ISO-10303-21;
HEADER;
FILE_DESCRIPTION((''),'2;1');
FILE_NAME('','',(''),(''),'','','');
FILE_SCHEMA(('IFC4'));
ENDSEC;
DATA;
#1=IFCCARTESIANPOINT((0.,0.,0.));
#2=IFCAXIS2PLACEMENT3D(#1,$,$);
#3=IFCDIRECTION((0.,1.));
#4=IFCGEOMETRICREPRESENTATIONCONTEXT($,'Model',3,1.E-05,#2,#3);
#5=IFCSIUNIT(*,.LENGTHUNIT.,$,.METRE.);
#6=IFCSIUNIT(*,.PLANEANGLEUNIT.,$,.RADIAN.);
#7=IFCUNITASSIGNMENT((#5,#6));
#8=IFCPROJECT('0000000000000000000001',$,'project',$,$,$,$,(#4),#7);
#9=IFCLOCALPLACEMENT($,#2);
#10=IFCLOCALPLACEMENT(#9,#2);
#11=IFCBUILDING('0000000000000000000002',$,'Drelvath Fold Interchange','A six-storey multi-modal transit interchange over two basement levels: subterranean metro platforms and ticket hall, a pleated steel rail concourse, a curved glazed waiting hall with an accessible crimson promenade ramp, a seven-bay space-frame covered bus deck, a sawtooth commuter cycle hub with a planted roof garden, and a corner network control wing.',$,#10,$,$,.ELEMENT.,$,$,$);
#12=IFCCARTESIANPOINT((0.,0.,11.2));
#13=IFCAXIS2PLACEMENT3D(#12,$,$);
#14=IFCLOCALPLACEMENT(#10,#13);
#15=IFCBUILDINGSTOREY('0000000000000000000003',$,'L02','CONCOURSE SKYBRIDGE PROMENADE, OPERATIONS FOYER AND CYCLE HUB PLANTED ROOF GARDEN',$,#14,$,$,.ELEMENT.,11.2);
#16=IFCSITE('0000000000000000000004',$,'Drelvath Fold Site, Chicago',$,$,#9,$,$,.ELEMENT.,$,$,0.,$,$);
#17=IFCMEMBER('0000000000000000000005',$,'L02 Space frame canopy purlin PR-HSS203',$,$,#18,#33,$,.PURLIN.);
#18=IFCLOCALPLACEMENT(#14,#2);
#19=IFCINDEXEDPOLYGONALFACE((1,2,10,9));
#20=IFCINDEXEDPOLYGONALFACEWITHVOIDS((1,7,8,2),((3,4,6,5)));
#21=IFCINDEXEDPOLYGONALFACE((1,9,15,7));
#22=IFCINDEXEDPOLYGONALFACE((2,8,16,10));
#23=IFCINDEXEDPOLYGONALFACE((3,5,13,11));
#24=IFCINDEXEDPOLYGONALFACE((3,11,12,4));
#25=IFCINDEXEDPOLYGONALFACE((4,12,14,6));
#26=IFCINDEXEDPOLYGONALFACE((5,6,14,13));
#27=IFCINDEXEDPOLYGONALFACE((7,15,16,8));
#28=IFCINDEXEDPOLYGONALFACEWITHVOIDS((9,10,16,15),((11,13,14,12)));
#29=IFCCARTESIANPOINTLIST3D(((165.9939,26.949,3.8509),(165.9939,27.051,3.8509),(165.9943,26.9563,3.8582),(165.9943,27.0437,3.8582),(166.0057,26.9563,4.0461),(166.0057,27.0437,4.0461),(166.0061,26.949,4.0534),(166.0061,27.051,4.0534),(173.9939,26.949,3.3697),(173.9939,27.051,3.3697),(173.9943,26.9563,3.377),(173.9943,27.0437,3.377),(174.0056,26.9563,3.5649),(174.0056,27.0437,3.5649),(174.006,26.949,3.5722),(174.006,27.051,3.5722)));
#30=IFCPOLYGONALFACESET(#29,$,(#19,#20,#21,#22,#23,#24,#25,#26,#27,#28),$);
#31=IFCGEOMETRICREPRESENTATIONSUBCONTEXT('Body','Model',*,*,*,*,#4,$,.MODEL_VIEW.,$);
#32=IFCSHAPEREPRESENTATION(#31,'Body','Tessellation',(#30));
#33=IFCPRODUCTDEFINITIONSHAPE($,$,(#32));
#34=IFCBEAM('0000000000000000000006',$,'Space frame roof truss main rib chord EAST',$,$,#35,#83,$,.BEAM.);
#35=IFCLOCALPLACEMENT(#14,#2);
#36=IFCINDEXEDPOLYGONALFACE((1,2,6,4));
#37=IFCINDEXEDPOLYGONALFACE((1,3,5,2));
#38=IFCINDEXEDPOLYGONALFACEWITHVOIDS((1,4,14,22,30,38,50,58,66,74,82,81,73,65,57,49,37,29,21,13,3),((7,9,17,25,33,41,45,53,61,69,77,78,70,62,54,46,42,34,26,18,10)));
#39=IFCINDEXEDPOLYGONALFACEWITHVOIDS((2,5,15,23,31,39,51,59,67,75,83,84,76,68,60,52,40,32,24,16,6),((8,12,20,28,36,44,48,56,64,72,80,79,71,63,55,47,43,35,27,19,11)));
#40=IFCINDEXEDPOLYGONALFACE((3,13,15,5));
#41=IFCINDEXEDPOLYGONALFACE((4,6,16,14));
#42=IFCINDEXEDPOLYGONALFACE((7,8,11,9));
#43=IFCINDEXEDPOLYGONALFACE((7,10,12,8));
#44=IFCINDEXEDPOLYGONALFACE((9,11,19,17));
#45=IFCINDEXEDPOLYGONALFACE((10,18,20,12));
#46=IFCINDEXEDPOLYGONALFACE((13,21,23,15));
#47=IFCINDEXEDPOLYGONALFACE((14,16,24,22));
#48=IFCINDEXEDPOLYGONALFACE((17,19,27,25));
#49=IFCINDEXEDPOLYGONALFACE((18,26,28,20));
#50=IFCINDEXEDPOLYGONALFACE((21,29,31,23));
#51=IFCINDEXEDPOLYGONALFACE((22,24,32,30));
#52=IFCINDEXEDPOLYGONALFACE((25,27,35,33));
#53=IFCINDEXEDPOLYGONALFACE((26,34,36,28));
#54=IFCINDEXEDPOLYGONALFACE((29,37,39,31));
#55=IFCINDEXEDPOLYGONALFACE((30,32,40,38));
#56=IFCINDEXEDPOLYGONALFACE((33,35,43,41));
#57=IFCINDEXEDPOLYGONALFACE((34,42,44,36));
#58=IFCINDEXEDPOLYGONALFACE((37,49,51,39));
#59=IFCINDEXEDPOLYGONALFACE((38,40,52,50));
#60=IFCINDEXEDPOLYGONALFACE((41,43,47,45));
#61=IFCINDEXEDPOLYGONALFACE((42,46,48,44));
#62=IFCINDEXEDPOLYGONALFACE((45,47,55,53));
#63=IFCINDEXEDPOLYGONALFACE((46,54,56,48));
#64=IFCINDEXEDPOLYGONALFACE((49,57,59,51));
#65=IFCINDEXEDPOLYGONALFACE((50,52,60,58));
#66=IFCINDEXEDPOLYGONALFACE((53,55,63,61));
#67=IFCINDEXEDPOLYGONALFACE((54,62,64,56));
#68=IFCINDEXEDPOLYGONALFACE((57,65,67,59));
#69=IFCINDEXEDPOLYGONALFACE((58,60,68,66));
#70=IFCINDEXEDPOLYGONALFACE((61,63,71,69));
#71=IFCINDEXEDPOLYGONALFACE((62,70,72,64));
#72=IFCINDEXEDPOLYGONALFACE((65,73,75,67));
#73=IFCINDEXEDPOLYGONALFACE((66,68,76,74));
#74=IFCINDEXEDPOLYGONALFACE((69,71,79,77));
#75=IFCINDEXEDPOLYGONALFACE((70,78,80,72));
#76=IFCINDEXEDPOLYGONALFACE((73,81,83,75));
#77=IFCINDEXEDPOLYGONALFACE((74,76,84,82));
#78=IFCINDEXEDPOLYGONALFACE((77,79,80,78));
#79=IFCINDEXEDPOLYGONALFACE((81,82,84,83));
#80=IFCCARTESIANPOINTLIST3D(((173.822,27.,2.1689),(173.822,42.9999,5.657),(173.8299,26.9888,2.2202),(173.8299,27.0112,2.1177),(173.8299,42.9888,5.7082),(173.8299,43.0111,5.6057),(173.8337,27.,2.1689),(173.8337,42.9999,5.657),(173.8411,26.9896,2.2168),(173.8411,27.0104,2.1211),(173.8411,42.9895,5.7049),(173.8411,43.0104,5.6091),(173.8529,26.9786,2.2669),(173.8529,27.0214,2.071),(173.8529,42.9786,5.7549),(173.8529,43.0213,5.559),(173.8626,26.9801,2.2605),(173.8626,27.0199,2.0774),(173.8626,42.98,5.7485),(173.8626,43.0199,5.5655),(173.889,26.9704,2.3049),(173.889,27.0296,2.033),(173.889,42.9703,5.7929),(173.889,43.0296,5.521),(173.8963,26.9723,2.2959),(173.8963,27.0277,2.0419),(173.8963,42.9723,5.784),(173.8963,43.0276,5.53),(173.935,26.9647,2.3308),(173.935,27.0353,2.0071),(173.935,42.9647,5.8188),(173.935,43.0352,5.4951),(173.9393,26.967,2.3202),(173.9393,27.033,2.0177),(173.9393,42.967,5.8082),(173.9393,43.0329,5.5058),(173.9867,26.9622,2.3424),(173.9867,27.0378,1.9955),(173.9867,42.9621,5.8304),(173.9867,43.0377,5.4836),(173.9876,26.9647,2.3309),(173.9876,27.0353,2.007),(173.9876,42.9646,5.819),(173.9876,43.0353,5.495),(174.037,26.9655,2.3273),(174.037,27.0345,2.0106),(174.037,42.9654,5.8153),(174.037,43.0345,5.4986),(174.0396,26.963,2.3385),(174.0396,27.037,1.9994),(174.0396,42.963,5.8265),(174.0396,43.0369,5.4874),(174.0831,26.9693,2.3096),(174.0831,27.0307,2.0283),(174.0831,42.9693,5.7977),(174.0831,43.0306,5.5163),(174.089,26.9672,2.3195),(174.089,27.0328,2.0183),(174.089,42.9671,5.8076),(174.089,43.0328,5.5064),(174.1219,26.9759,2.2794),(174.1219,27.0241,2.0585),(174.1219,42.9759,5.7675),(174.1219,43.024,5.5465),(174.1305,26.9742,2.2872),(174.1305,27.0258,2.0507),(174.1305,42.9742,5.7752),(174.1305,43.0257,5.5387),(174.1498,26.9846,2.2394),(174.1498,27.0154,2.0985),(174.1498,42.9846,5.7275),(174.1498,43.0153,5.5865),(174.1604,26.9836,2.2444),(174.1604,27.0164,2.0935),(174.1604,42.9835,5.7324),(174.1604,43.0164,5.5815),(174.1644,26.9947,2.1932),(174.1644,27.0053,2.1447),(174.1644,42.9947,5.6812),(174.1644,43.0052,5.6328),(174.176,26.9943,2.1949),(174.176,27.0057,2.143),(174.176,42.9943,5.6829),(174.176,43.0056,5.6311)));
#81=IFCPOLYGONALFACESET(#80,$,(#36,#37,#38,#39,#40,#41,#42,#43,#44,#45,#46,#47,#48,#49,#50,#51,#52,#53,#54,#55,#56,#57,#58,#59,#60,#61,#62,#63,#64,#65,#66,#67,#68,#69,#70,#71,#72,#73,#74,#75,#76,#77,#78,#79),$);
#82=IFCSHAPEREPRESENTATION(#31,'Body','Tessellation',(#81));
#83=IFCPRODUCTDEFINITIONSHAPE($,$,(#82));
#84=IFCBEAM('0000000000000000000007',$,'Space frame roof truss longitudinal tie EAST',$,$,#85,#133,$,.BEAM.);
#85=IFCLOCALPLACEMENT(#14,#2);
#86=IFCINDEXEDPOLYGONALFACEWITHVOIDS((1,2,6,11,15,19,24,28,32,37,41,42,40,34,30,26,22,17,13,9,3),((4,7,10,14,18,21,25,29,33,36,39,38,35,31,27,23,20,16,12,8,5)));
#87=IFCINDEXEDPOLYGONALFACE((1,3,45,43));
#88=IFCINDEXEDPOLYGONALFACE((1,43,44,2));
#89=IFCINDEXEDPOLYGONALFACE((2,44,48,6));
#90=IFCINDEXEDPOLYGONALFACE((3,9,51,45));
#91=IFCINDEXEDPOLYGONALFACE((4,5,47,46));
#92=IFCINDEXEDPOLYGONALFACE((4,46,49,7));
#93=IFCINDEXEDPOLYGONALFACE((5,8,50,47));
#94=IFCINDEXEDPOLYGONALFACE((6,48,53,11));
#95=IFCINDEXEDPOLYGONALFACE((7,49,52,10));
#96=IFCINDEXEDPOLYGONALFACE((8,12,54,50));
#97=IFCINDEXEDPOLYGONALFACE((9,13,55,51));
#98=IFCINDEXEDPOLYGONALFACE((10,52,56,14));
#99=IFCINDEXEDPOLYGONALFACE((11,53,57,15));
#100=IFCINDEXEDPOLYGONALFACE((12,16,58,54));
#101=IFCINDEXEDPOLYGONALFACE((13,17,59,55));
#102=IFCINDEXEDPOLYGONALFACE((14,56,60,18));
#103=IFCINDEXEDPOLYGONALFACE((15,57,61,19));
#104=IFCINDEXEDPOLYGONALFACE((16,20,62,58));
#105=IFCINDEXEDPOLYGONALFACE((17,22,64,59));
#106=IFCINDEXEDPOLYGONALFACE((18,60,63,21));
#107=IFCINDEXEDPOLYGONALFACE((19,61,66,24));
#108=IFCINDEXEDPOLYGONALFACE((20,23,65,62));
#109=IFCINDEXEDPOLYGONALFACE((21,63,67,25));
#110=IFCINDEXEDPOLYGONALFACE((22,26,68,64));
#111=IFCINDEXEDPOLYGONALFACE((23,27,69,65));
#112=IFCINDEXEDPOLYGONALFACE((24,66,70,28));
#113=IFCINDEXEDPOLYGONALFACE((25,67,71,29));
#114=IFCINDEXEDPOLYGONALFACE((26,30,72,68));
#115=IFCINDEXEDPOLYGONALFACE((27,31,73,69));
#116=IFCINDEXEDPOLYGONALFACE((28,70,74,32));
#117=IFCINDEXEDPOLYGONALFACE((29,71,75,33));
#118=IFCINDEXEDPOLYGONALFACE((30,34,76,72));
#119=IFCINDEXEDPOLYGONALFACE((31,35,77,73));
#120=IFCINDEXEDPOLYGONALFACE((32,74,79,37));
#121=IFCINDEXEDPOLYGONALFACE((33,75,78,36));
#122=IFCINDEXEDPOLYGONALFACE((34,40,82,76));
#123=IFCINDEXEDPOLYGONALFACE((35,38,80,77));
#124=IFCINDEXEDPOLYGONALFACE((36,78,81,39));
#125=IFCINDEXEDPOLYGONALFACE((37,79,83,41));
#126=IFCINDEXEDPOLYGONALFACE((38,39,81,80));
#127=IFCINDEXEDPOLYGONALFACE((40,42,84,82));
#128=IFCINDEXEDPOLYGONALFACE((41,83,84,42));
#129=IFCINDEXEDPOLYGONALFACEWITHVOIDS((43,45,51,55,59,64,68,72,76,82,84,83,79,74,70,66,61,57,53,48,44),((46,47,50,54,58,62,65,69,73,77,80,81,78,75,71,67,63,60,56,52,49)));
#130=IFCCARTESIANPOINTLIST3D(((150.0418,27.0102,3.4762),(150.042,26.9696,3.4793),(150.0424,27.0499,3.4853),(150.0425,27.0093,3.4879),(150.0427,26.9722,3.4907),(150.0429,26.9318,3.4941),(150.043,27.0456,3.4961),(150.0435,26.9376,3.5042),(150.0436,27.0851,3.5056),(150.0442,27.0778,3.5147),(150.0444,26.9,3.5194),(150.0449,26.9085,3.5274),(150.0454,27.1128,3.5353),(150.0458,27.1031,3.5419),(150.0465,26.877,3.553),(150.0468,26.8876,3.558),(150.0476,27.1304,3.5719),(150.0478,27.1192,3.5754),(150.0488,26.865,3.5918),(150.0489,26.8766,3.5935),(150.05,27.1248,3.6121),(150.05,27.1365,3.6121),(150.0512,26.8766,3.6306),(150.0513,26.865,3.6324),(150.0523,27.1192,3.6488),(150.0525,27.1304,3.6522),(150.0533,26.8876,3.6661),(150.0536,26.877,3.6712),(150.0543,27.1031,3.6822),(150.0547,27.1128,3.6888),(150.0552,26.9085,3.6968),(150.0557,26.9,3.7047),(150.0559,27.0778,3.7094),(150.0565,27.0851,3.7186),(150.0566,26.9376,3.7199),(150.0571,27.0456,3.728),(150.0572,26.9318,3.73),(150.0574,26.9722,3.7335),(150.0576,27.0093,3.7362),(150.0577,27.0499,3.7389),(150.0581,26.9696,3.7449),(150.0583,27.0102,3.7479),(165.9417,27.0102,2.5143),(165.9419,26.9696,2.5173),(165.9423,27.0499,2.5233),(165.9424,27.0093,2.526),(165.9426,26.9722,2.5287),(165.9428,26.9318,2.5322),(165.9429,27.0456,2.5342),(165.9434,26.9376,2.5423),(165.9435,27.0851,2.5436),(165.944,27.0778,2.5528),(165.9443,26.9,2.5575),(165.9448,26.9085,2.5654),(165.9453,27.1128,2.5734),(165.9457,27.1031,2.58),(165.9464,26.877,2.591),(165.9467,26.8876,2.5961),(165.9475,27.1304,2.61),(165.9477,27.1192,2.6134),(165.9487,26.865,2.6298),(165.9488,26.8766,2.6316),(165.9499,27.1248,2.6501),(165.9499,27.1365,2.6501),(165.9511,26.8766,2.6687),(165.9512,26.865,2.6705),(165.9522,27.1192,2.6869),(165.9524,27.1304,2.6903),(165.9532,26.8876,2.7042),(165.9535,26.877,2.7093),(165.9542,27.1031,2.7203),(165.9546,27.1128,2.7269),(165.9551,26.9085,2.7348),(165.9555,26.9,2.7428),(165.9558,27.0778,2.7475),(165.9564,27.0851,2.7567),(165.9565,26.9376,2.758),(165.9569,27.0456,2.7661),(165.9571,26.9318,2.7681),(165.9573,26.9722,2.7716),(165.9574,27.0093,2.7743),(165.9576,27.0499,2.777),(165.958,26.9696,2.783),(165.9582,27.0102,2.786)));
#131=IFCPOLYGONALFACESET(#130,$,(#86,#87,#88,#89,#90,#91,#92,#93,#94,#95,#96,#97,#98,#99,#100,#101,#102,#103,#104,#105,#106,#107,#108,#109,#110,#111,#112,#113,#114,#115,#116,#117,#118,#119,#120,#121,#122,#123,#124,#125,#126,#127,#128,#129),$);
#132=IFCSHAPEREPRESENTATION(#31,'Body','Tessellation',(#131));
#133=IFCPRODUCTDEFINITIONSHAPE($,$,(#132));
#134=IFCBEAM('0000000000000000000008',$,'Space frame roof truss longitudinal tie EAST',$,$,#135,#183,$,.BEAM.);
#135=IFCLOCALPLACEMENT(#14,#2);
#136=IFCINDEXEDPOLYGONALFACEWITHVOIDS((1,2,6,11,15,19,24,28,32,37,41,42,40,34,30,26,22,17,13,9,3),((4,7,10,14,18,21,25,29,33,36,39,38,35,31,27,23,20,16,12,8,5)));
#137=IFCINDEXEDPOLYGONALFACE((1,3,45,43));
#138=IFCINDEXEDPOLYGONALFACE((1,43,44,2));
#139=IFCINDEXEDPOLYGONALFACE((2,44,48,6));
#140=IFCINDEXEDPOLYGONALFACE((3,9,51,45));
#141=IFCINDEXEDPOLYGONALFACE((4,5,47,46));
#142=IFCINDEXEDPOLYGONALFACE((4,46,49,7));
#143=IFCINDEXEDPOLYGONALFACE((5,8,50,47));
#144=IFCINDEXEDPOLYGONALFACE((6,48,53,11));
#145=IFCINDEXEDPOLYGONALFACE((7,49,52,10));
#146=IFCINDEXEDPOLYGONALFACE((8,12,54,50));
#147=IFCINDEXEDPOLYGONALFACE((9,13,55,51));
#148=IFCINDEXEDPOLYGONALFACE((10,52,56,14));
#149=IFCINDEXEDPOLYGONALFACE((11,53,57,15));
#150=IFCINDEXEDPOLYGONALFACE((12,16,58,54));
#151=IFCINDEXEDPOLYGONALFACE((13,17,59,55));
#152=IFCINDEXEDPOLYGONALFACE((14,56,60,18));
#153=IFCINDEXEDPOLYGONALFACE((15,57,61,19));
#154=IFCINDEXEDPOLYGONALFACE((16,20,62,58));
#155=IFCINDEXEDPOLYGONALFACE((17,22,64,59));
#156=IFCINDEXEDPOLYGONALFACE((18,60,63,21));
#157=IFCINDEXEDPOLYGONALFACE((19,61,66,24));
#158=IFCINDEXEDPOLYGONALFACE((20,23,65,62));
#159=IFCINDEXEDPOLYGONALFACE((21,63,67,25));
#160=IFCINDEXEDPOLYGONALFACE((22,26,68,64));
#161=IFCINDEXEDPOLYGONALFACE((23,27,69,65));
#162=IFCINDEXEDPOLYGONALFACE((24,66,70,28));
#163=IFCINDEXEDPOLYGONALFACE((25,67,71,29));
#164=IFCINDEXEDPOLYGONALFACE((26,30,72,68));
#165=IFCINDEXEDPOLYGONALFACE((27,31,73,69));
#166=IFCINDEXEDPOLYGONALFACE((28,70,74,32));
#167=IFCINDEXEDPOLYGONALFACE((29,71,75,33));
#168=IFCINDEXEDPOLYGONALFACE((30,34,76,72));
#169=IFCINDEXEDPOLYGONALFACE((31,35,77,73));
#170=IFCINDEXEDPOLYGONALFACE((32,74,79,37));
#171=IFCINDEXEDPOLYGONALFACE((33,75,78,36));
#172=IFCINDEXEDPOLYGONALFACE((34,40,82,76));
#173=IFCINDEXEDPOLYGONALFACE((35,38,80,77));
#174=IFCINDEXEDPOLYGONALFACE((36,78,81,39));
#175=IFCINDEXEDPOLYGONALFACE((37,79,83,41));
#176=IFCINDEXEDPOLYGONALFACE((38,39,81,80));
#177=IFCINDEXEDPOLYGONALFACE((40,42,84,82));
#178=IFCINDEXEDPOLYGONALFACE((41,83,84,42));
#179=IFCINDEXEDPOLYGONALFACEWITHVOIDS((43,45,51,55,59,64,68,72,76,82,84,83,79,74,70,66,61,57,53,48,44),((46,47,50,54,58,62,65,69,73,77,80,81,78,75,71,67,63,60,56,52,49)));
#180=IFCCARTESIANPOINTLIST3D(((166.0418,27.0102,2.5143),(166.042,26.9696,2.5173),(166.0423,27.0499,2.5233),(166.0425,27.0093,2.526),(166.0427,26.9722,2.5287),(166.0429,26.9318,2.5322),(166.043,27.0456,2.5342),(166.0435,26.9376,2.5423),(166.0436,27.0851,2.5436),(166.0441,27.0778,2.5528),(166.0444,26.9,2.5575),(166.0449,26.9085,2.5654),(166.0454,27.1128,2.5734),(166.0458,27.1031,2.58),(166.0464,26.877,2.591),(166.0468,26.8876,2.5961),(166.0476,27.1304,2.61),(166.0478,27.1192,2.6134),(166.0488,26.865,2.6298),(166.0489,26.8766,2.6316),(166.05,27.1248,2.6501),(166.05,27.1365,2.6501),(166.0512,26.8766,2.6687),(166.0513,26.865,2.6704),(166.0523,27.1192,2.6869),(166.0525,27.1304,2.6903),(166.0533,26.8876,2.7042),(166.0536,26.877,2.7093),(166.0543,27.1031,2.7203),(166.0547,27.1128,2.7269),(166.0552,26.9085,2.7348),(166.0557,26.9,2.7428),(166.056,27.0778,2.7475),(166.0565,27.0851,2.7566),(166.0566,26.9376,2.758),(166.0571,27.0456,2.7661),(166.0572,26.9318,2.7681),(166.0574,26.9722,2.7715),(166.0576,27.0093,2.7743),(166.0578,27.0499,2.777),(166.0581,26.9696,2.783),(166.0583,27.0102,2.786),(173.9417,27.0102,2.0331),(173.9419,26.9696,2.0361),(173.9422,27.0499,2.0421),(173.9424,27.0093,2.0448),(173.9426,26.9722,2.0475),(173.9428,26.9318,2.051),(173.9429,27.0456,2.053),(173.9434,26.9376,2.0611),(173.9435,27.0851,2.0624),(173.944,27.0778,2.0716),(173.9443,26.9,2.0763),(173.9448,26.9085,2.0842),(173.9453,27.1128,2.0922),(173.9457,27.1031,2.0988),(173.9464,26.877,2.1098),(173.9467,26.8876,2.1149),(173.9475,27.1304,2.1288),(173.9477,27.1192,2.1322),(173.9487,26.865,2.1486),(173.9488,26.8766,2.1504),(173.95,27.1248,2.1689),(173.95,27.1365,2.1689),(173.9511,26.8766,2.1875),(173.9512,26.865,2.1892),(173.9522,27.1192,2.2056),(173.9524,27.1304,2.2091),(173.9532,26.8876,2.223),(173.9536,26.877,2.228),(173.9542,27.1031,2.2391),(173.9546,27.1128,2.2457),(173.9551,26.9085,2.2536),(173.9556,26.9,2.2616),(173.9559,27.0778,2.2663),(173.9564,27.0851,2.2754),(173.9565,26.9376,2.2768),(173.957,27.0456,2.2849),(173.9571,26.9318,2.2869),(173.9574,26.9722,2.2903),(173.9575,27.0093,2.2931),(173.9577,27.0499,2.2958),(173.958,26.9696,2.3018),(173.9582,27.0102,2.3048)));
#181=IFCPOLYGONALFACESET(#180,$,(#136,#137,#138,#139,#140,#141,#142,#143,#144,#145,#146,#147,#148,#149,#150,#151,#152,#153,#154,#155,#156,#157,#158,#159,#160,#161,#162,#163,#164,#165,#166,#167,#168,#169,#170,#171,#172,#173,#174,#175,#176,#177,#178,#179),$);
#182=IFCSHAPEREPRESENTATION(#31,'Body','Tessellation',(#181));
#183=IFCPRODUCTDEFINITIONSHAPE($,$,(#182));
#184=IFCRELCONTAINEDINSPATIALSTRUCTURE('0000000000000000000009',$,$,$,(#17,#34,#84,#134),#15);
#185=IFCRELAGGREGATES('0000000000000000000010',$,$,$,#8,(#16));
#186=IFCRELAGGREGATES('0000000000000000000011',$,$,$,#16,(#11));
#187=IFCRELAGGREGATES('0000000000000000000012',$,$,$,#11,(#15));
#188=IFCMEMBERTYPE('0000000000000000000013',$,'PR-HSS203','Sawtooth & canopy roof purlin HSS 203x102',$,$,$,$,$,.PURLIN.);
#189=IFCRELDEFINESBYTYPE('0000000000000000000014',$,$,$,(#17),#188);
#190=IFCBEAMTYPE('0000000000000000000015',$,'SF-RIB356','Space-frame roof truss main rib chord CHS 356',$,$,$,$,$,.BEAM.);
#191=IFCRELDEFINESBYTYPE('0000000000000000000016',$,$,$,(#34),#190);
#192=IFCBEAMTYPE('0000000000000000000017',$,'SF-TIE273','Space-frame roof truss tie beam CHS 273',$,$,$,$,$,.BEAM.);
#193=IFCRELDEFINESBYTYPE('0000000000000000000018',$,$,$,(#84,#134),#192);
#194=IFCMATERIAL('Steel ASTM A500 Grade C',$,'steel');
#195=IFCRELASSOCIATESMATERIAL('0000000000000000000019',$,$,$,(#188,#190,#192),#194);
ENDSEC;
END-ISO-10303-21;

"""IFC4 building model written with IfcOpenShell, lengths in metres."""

from ifc_helpers import new_model, si_unit, direction, frame, origin, origin_2d, place, context, subcontext, project, spatial, hollow_rectangle, hollow_circle, extrude, material, material_profile, profile_set, type_object, element, save


model = new_model("IFC4")

# Units and contexts
model_context = context("Model", 3, precision=1e-05, world=origin(), true_north=direction((0.0, 1.0)))
body_context = subcontext(model_context, "Body", "Model", "MODEL_VIEW")
ifc_project = project(units=[si_unit("LENGTHUNIT", "METRE"), si_unit("PLANEANGLEUNIT", "RADIAN")], contexts=[model_context])

# Site, building, storey
site_placement = place(None, origin())
site = spatial("IfcSite", under=ifc_project, at=site_placement, Name="Drelvath Fold Site, Chicago", CompositionType="ELEMENT", RefElevation=0.0)
building_placement = place(site_placement, origin())
building = spatial("IfcBuilding", under=site, at=building_placement, Name="Drelvath Fold Interchange", Description="A six-storey multi-modal transit interchange over two basement levels: subterranean metro platforms and ticket hall, a pleated steel rail concourse, a curved glazed waiting hall with an accessible crimson promenade ramp, a seven-bay space-frame covered bus deck, a sawtooth commuter cycle hub with a planted roof garden, and a corner network control wing.", CompositionType="ELEMENT")
storey_placement = place(building_placement, frame((0.0, 0.0, 11.2)))
storey = spatial("IfcBuildingStorey", under=building, at=storey_placement, Name="L02", Description="CONCOURSE SKYBRIDGE PROMENADE, OPERATIONS FOYER AND CYCLE HUB PLANTED ROOF GARDEN", CompositionType="ELEMENT", Elevation=11.2)

# Member
ifc_material_1 = material(Name="Steel ASTM A500 Grade C", Category="steel")
ifc_material_profile_1 = material_profile(ifc_material_1, hollow_rectangle(XDim=0.1021, YDim=0.2029, WallThickness=0.0073, at=origin_2d()), Name="HSS8X4X5/16")
ifc_profile_set_1 = profile_set([ifc_material_profile_1], Name="Steel ASTM A500 Grade C")
member_type_1 = type_object("IfcMemberType", Name="PR-HSS203", Description="Sawtooth & canopy roof purlin HSS 203x102", PredefinedType="PURLIN", material=ifc_profile_set_1)
member_1_placement = place(storey_placement, frame((166.0, 27.0, 3.9521), z_axis=(0.998196, 0.0, -0.060042), x_axis=(0.0, 1.0, 0.0)))
element("IfcMember", 1, at=member_1_placement, inside=storey, type_object=member_type_1, Name="L02 Space frame canopy purlin PR-HSS203", PredefinedType="PURLIN", context=body_context, shape_type="SweptSolid", body=[
    extrude(hollow_rectangle(XDim=0.1021, YDim=0.2029, WallThickness=0.0073, at=origin_2d()), origin(), (0.0, 0.0, 1.0), 8.0144),
])

# Beams
ifc_material_profile_2 = material_profile(ifc_material_1, hollow_circle(Radius=0.178, WallThickness=0.0117, at=origin_2d()), Name="HSS14.000X0.500")
ifc_profile_set_2 = profile_set([ifc_material_profile_2], Name="Steel ASTM A500 Grade C")
beam_type_1 = type_object("IfcBeamType", Name="SF-RIB356", Description="Space-frame roof truss main rib chord CHS 356", PredefinedType="BEAM", material=ifc_profile_set_2)
beam_1_placement = place(storey_placement, frame((174.0, 27.0, 2.1689), z_axis=(0.0, 0.977052, 0.213), x_axis=(-1.0, 0.0, 0.0)))
element("IfcBeam", 2, at=beam_1_placement, inside=storey, type_object=beam_type_1, Name="Space frame roof truss main rib chord EAST", PredefinedType="BEAM", context=body_context, shape_type="SweptSolid", body=[
    extrude(hollow_circle(Radius=0.178, WallThickness=0.0117, at=origin_2d()), origin(), (0.0, 0.0, 1.0), 16.3757),
])
ifc_material_profile_3 = material_profile(ifc_material_1, hollow_circle(Radius=0.1365, WallThickness=0.0117, at=origin_2d()), Name="HSS10.750X0.500")
ifc_profile_set_3 = profile_set([ifc_material_profile_3], Name="Steel ASTM A500 Grade C")
beam_type_2 = type_object("IfcBeamType", Name="SF-TIE273", Description="Space-frame roof truss tie beam CHS 273", PredefinedType="BEAM", material=ifc_profile_set_3)
beam_2_placement = place(storey_placement, frame((150.05, 27.0, 3.6121), z_axis=(0.998175, 0.0, -0.060388), x_axis=(0.0, 1.0, 0.0)))
element("IfcBeam", 3, at=beam_2_placement, inside=storey, type_object=beam_type_2, Name="Space frame roof truss longitudinal tie EAST", PredefinedType="BEAM", context=body_context, shape_type="SweptSolid", body=[
    extrude(hollow_circle(Radius=0.1365, WallThickness=0.0117, at=origin_2d()), origin(), (0.0, 0.0, 1.0), 15.929),
])
beam_3_placement = place(storey_placement, frame((166.05, 27.0, 2.6501), z_axis=(0.99815, 0.0, -0.0608), x_axis=(0.0, 1.0, 0.0)))
element("IfcBeam", 4, at=beam_3_placement, inside=storey, type_object=beam_type_2, Name="Space frame roof truss longitudinal tie EAST", PredefinedType="BEAM", context=body_context, shape_type="SweptSolid", body=[
    extrude(hollow_circle(Radius=0.1365, WallThickness=0.0117, at=origin_2d()), origin(), (0.0, 0.0, 1.0), 7.9146),
])

save(model, "model.ifc")
